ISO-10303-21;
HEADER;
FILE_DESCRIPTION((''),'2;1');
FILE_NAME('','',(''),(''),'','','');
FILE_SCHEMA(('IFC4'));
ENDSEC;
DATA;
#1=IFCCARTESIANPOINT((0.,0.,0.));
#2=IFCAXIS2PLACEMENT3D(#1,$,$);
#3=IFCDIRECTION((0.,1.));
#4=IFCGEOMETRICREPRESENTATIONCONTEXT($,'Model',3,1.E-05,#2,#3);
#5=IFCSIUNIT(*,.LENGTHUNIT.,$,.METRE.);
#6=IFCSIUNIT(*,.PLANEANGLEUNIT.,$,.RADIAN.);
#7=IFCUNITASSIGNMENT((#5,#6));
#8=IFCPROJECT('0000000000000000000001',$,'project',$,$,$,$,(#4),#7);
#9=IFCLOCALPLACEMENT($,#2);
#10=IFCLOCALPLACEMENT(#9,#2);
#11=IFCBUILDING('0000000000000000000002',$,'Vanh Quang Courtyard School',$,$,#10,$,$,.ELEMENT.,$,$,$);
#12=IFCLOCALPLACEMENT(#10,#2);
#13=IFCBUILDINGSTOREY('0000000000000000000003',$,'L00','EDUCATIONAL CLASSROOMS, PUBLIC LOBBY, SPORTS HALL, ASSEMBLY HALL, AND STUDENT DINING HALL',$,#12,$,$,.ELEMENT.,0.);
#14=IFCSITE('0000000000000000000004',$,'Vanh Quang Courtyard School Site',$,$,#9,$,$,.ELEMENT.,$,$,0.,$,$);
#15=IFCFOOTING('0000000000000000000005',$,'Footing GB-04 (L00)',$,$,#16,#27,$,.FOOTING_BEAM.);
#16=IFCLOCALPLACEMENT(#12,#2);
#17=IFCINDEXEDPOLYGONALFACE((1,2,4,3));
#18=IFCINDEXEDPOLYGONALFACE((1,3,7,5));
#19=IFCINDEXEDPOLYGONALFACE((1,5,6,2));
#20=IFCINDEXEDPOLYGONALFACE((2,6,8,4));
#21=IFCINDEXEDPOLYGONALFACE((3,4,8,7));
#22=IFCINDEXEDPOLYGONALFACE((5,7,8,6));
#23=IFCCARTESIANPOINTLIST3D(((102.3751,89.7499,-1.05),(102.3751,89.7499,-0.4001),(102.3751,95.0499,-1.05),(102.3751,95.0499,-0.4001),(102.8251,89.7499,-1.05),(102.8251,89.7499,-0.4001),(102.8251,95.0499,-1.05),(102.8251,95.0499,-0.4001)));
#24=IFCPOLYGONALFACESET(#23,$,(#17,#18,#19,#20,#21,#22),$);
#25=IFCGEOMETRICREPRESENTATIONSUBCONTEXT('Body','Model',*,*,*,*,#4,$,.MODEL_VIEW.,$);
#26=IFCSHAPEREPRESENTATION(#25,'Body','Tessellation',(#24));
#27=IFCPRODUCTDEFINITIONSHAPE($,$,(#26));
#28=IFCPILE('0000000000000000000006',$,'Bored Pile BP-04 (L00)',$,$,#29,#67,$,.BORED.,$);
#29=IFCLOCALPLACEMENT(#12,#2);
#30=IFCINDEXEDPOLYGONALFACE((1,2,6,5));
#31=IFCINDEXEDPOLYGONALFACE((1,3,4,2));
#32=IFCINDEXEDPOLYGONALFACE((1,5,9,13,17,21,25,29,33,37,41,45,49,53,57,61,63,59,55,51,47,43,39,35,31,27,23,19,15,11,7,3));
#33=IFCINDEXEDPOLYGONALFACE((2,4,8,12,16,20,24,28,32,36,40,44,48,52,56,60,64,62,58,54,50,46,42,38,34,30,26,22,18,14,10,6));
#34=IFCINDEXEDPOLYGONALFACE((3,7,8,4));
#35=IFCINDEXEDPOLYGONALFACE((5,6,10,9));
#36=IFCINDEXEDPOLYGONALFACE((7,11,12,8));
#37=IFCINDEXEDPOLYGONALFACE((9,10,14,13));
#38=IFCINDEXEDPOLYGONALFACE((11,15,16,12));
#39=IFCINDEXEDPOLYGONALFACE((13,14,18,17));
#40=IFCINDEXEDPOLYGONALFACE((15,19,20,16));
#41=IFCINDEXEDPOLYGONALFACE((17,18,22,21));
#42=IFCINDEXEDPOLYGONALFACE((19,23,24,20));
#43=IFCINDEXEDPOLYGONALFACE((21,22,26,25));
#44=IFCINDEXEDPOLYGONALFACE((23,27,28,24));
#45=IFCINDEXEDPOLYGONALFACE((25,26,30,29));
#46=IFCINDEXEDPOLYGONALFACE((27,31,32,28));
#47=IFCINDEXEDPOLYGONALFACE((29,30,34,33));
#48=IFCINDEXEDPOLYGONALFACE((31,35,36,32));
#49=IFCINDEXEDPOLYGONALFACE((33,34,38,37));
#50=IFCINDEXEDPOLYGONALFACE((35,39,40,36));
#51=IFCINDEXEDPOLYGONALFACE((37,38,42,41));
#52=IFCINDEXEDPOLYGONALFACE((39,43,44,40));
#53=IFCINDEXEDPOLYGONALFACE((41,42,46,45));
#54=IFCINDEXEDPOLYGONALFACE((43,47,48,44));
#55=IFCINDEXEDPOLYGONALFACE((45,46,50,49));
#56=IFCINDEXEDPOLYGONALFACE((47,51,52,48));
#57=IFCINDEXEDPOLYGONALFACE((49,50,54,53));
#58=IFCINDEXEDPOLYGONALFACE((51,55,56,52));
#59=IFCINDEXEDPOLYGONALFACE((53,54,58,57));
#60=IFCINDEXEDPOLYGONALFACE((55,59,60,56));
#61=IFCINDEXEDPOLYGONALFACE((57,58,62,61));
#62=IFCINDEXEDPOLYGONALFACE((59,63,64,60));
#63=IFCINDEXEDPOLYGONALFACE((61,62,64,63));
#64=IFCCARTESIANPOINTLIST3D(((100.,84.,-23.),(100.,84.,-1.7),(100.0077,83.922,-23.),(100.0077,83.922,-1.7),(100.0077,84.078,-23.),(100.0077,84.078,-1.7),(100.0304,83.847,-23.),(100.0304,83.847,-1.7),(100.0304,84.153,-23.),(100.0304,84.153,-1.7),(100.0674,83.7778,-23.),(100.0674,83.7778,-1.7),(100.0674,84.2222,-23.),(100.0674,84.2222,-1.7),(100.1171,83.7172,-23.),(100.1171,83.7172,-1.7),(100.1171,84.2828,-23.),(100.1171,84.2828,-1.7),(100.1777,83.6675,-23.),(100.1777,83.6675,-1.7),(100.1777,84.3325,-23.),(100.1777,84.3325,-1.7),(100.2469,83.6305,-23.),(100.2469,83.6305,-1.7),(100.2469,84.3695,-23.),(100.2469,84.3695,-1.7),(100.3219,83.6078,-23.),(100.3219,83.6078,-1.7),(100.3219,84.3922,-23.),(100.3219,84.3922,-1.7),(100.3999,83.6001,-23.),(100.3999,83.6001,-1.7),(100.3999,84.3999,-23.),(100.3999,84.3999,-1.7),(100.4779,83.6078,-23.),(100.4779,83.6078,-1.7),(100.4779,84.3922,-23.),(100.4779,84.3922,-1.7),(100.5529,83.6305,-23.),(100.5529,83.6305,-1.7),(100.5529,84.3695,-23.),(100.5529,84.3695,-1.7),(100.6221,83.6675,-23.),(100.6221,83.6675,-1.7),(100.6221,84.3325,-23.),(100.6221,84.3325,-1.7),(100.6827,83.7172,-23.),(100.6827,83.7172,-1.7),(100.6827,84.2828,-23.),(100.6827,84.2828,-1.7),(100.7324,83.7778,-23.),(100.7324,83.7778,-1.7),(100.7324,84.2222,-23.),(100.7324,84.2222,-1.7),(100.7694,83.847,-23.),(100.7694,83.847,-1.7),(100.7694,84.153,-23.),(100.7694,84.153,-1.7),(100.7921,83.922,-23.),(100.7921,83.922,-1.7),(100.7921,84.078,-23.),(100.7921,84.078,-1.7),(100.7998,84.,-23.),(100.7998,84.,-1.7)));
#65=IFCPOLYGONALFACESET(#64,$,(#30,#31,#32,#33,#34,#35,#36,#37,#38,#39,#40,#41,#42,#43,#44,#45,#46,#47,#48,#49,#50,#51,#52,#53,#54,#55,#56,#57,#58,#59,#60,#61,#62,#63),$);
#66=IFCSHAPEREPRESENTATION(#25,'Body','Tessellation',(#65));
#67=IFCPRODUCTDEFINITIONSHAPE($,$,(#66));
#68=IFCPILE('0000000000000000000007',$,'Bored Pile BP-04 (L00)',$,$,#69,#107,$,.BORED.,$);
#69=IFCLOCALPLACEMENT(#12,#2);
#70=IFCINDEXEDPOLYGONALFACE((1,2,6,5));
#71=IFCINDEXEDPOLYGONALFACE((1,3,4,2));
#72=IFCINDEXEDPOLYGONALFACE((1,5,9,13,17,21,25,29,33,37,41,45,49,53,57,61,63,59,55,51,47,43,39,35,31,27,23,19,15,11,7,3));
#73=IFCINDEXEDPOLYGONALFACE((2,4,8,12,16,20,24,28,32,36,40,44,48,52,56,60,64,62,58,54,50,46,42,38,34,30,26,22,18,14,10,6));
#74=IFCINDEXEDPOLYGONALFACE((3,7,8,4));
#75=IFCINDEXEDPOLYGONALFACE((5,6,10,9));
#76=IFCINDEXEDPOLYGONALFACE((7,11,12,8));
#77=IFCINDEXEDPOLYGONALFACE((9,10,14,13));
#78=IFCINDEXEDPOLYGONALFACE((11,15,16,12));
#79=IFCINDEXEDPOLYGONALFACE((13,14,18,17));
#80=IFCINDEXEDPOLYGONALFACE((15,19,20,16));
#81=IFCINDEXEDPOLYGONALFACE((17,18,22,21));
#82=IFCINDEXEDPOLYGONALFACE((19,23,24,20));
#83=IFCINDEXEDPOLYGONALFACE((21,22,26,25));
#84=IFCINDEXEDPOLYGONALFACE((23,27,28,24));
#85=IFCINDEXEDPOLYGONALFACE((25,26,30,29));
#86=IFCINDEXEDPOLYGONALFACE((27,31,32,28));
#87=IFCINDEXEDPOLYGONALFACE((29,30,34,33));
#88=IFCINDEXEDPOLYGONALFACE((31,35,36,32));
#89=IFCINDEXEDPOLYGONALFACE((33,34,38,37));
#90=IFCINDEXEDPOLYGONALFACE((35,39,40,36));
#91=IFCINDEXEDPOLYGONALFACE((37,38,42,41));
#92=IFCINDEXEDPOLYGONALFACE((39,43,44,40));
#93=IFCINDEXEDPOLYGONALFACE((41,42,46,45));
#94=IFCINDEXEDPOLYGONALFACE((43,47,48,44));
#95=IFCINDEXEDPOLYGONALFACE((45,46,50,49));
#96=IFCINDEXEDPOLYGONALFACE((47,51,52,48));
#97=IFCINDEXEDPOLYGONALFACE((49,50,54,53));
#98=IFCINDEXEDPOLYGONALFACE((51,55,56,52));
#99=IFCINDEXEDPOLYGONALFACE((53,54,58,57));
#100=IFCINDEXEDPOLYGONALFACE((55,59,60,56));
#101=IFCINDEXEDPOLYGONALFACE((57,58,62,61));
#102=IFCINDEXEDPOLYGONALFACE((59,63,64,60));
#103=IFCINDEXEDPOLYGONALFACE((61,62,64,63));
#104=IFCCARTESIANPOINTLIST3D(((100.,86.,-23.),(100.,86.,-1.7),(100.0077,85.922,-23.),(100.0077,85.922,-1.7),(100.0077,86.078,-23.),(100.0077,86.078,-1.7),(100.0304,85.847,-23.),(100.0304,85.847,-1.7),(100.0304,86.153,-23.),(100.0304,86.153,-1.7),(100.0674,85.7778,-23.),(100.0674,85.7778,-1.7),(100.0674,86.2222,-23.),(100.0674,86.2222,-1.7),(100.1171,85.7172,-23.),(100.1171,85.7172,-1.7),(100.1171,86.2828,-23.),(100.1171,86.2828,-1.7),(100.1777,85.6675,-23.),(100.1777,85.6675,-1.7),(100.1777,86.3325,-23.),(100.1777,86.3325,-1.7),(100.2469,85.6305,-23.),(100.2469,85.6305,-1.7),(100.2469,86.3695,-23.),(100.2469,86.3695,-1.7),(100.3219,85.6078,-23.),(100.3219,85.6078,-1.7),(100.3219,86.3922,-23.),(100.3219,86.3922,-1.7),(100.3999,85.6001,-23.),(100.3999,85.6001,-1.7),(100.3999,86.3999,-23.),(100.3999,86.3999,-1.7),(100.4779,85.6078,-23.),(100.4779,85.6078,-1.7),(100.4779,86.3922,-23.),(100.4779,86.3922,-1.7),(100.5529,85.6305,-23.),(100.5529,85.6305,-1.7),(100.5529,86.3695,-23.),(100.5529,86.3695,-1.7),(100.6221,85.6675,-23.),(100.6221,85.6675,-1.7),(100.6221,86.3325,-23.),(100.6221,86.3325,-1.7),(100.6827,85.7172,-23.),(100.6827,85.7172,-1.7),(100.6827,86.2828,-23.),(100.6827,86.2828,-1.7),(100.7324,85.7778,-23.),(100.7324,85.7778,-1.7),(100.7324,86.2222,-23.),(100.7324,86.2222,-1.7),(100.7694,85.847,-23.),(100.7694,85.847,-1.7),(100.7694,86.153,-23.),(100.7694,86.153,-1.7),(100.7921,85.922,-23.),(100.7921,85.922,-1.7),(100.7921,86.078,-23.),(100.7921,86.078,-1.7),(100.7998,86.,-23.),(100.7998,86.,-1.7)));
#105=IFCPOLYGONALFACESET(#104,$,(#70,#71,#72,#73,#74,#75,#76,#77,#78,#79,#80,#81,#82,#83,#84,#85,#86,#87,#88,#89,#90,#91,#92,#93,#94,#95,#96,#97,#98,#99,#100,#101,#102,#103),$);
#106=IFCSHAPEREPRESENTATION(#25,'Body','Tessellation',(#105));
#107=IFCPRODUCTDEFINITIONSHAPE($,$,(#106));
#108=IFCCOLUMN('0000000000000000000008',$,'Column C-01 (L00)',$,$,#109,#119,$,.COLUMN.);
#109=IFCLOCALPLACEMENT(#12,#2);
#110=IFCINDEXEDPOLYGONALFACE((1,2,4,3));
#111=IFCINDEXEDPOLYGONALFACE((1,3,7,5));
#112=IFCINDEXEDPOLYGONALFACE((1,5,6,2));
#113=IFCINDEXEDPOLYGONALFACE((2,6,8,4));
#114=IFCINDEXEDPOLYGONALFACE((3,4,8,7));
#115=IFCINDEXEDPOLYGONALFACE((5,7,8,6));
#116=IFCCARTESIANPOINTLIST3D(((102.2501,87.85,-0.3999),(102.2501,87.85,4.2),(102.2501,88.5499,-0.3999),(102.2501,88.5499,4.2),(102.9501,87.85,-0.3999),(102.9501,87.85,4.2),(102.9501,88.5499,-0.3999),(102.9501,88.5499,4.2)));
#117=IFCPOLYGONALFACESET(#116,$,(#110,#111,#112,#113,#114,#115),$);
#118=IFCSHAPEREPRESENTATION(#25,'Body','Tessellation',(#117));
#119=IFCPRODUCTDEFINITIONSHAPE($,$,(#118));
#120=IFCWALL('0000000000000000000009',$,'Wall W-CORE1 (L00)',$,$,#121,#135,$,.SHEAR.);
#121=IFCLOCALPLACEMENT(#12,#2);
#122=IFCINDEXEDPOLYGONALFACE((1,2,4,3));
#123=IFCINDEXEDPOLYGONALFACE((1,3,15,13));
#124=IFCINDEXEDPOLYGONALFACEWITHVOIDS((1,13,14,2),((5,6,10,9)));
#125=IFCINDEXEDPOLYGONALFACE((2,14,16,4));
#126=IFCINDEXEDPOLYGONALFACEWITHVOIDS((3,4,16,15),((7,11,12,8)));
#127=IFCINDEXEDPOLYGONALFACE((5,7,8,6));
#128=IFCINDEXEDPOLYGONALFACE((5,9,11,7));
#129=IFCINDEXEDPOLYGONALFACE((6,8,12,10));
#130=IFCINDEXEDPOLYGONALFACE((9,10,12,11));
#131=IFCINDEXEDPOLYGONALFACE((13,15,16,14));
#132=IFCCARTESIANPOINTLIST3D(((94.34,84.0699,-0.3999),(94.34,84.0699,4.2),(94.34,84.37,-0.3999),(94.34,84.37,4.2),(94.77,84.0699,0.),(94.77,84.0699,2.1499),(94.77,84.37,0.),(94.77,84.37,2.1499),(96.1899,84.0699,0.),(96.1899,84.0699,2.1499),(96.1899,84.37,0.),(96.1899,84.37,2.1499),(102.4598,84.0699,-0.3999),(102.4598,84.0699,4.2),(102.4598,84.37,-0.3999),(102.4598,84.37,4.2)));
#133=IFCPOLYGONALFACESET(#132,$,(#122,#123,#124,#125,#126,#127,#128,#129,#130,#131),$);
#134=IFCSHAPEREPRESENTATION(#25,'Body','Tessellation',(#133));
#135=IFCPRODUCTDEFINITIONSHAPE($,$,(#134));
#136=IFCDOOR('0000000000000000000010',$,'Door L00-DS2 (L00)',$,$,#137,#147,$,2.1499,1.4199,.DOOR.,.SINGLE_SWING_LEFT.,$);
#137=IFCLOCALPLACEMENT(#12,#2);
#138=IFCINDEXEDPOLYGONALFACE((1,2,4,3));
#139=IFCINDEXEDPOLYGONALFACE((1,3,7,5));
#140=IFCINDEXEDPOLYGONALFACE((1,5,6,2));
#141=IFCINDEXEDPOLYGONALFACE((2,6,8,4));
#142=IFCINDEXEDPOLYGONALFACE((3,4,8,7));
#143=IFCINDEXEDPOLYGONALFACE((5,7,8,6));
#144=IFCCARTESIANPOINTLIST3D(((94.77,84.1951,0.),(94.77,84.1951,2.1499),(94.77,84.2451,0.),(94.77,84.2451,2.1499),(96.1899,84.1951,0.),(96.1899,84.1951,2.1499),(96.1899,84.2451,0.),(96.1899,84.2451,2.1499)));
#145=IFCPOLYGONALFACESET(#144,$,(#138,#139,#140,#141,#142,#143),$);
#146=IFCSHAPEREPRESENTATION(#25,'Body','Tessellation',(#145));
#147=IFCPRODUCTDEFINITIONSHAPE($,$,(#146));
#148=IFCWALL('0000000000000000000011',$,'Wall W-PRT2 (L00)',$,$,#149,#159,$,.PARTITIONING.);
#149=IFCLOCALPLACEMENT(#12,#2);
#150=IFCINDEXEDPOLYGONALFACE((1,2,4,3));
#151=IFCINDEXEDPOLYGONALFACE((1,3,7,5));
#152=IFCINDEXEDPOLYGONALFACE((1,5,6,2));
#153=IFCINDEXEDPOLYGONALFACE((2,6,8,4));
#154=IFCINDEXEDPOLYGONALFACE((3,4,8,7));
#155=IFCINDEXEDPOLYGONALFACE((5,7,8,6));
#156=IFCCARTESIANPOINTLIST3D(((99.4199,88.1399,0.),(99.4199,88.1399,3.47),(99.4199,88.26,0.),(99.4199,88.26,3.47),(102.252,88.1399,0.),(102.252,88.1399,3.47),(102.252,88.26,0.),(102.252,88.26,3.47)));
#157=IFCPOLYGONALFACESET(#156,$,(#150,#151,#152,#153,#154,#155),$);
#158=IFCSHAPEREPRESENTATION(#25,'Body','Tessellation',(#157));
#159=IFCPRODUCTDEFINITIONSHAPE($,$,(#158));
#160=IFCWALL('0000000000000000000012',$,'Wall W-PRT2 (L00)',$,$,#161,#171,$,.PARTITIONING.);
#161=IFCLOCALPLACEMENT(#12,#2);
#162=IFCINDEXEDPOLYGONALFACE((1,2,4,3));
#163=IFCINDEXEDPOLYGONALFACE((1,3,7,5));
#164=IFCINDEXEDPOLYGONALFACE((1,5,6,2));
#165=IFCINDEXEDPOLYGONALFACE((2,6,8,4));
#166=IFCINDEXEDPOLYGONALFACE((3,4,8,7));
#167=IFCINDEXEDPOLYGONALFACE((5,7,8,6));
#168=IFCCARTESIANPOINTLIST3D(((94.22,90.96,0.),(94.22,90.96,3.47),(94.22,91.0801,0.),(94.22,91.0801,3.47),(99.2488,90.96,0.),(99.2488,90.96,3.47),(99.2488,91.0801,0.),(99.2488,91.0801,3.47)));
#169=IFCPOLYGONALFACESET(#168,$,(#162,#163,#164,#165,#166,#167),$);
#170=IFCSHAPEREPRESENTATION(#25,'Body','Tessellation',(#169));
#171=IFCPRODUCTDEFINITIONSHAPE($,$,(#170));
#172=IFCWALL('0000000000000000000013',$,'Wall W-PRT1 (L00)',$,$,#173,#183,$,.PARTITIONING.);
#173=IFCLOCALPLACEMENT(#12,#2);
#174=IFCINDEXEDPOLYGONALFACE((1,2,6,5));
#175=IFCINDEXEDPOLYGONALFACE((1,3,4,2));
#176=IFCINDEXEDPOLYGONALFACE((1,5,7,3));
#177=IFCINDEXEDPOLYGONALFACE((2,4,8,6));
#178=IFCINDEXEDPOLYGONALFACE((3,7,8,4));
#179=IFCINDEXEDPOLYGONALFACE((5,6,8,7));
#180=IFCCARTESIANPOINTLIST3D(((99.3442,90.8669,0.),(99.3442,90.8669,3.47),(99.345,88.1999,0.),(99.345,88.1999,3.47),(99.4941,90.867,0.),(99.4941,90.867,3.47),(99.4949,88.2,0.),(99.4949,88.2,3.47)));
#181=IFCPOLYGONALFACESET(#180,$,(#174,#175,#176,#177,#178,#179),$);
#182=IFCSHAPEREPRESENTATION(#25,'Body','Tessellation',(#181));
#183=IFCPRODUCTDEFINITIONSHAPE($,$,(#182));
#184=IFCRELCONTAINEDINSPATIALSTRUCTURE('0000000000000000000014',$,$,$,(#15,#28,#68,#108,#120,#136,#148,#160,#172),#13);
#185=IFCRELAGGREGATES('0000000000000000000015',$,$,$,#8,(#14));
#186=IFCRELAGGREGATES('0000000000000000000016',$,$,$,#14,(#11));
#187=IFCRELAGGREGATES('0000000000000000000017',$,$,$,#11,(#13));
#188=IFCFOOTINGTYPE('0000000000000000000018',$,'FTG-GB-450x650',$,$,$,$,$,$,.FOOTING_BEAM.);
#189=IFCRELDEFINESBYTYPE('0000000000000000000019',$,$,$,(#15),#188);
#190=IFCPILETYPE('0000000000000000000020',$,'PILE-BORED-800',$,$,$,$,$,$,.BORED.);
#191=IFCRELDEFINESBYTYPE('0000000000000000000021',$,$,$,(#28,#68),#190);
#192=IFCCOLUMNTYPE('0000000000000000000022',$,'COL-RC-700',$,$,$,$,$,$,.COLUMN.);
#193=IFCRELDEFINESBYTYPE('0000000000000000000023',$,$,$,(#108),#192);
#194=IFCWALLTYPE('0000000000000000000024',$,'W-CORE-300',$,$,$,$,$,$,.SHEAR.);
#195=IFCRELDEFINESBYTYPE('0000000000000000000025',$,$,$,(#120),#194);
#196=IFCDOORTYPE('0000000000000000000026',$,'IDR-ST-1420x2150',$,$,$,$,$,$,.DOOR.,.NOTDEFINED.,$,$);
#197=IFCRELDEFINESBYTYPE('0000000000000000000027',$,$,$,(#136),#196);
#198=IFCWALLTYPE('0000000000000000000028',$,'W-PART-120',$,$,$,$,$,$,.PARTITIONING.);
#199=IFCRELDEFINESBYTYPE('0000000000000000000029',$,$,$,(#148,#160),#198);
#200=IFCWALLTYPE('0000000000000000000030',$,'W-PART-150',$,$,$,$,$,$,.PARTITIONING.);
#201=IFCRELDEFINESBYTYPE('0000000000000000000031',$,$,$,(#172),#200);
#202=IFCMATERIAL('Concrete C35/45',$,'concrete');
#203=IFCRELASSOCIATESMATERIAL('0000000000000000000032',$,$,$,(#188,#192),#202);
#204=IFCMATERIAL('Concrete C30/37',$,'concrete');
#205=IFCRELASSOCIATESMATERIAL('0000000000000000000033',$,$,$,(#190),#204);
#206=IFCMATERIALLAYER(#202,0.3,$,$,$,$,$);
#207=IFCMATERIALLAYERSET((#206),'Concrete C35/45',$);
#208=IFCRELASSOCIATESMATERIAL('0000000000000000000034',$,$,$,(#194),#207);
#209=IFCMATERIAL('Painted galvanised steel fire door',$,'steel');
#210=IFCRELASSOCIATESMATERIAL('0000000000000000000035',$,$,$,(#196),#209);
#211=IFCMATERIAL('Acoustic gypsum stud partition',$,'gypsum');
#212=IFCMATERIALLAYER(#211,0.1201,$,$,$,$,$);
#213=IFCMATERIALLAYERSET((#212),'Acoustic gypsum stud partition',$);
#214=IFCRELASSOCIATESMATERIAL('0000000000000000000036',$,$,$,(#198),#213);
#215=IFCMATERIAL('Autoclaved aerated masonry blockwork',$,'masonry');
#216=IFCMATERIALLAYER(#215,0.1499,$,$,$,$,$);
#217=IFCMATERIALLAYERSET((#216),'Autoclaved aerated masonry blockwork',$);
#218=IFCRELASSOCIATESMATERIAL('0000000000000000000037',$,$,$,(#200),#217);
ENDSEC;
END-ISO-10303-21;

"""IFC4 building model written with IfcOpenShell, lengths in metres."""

from ifc_helpers import new_model, si_unit, direction, frame, frame_2d, origin, origin_2d, place, context, subcontext, project, spatial, rectangle, circle, extrude, material, layer, layer_set, material_profile, profile_set, type_object, element, fill, save


model = new_model("IFC4")

# Units and contexts
model_context = context("Model", 3, precision=1e-05, world=origin(), true_north=direction((0.0, 1.0)))
body_context = subcontext(model_context, "Body", "Model", "MODEL_VIEW")
ifc_project = project(units=[si_unit("LENGTHUNIT", "METRE"), si_unit("PLANEANGLEUNIT", "RADIAN")], contexts=[model_context])

# Site, building, storey
site_placement = place(None, origin())
site = spatial("IfcSite", under=ifc_project, at=site_placement, Name="Vanh Quang Courtyard School Site", CompositionType="ELEMENT", RefElevation=0.0)
building_placement = place(site_placement, origin())
building = spatial("IfcBuilding", under=site, at=building_placement, Name="Vanh Quang Courtyard School", CompositionType="ELEMENT")
storey_placement = place(building_placement, origin())
storey = spatial("IfcBuildingStorey", under=building, at=storey_placement, Name="L00", Description="EDUCATIONAL CLASSROOMS, PUBLIC LOBBY, SPORTS HALL, ASSEMBLY HALL, AND STUDENT DINING HALL", CompositionType="ELEMENT", Elevation=0.0)

# Footing
ifc_material_1 = material(Name="Concrete C35/45", Category="concrete")
footing_type = type_object("IfcFootingType", Name="FTG-GB-450x650", PredefinedType="FOOTING_BEAM", material=ifc_material_1)
footing_placement = place(storey_placement, frame((102.6001, 92.3999, -1.05), z_axis=(0.0, 0.0, 1.0), x_axis=(0.0, 1.0, 0.0)))
element("IfcFooting", 1, at=footing_placement, inside=storey, type_object=footing_type, Name="Footing GB-04 (L00)", PredefinedType="FOOTING_BEAM", context=body_context, shape_type="SweptSolid", body=[
    extrude(rectangle(XDim=5.3, YDim=0.45, at=origin_2d()), origin(), (0.0, 0.0, 1.0), 0.6499),
])

# Piles
ifc_material_2 = material(Name="Concrete C30/37", Category="concrete")
ifc_material_profile_1 = material_profile(ifc_material_2, circle(Radius=0.3999, at=origin_2d()), Name="PILE D800")
ifc_profile_set_1 = profile_set([ifc_material_profile_1], Name="Concrete C30/37")
pile_type = type_object("IfcPileType", Name="PILE-BORED-800", PredefinedType="BORED", material=ifc_profile_set_1)
for number, where, z_axis, x_axis, name in (
    (2, (100.3999, 84.0, -1.7), (0.0, 0.0, -1.0), (1.0, 0.0, 0.0), "Bored Pile BP-04 (L00)"),
    (3, (100.3999, 86.0, -1.7), (0.0, 0.0, -1.0), (1.0, 0.0, 0.0), "Bored Pile BP-04 (L00)"),
):
    element("IfcPile", number, at=place(storey_placement, frame(where, z_axis=z_axis, x_axis=x_axis)), inside=storey, type_object=pile_type, Name=name, PredefinedType="BORED", context=body_context, shape_type="SweptSolid", body=[
        extrude(circle(Radius=0.3999, at=origin_2d()), origin(), (0.0, 0.0, 1.0), 21.3),
    ])

# Column
ifc_material_profile_2 = material_profile(ifc_material_1, rectangle(XDim=0.7, YDim=0.7, at=origin_2d()), Name="RC-COL 700x700")
ifc_profile_set_2 = profile_set([ifc_material_profile_2], Name="Concrete C35/45")
column_type = type_object("IfcColumnType", Name="COL-RC-700", PredefinedType="COLUMN", material=ifc_profile_set_2)
column_placement = place(storey_placement, frame((102.6001, 88.2, -0.3999), z_axis=(0.0, 0.0, 1.0), x_axis=(1.0, 0.0, 0.0)))
element("IfcColumn", 4, at=column_placement, inside=storey, type_object=column_type, Name="Column C-01 (L00)", PredefinedType="COLUMN", context=body_context, shape_type="SweptSolid", body=[
    extrude(rectangle(XDim=0.7, YDim=0.7, at=origin_2d()), origin(), (0.0, 0.0, 1.0), 4.5999),
])

# Wall, opening, door
ifc_layer_1 = layer(ifc_material_1, 0.3)
ifc_layer_set_1 = layer_set([ifc_layer_1], Name="Concrete C35/45")
wall_type_1 = type_object("IfcWallType", Name="W-CORE-300", PredefinedType="SHEAR", material=ifc_layer_set_1)
wall_1_placement = place(storey_placement, frame((102.46, 84.22, -0.3999), z_axis=(0.0, 0.0, 1.0), x_axis=(-1.0, 0.0, 0.0)))
wall_1 = element("IfcWall", 5, at=wall_1_placement, inside=storey, type_object=wall_type_1, Name="Wall W-CORE1 (L00)", PredefinedType="SHEAR", context=body_context, shape_type="SweptSolid", body=[
    extrude(rectangle(XDim=8.1199, YDim=0.3, at=frame_2d((4.0601, 0.0))), origin(), (0.0, 0.0, 1.0), 4.5999),
])
opening_1_placement = place(wall_1_placement, frame((6.27, 0.0, 0.3999)))
opening_1 = element("IfcOpeningElement", 6, at=opening_1_placement, cuts=wall_1, PredefinedType="OPENING", context=body_context, shape_type="SweptSolid", body=[
    extrude(rectangle(XDim=1.4199, YDim=2.1499, at=frame_2d((0.71, 1.075))), frame((0.0, 0.1602, 0.0), z_axis=(0.0, -1.0, 0.0), x_axis=(1.0, 0.0, 0.0)), (0.0, 0.0, 1.0), 0.3201),
])
ifc_material_3 = material(Name="Painted galvanised steel fire door", Category="steel")
door_type_1 = type_object("IfcDoorType", Name="IDR-ST-1420x2150", OperationType="NOTDEFINED", PredefinedType="DOOR", material=ifc_material_3)
door_1_placement = place(opening_1_placement, origin())
door_1 = element("IfcDoor", 7, at=door_1_placement, inside=storey, type_object=door_type_1, Name="Door L00-DS2 (L00)", OperationType="SINGLE_SWING_LEFT", OverallHeight=2.1499, OverallWidth=1.4199, PredefinedType="DOOR", context=body_context, shape_type="SweptSolid", body=[
    extrude(rectangle(XDim=1.4199, YDim=2.1499, at=frame_2d((0.71, 1.075))), frame((0.0, 0.0249, 0.0), z_axis=(0.0, -1.0, 0.0), x_axis=(1.0, 0.0, 0.0)), (0.0, 0.0, 1.0), 0.05),
])
fill(opening_1, door_1)

# Walls
ifc_material_4 = material(Name="Acoustic gypsum stud partition", Category="gypsum")
ifc_layer_2 = layer(ifc_material_4, 0.1201)
ifc_layer_set_2 = layer_set([ifc_layer_2], Name="Acoustic gypsum stud partition")
wall_type_2 = type_object("IfcWallType", Name="W-PART-120", PredefinedType="PARTITIONING", material=ifc_layer_set_2)
wall_2_placement = place(storey_placement, frame((102.252, 88.2, 0.0), z_axis=(0.0, 0.0, 1.0), x_axis=(-1.0, 0.0, 0.0)))
element("IfcWall", 8, at=wall_2_placement, inside=storey, type_object=wall_type_2, Name="Wall W-PRT2 (L00)", PredefinedType="PARTITIONING", context=body_context, shape_type="SweptSolid", body=[
    extrude(rectangle(XDim=2.832, YDim=0.1201, at=frame_2d((1.416, 0.0))), origin(), (0.0, 0.0, 1.0), 3.47),
])
wall_3_placement = place(storey_placement, frame((99.2488, 91.02, 0.0), z_axis=(0.0, 0.0, 1.0), x_axis=(-1.0, 0.0, 0.0)))
element("IfcWall", 9, at=wall_3_placement, inside=storey, type_object=wall_type_2, Name="Wall W-PRT2 (L00)", PredefinedType="PARTITIONING", context=body_context, shape_type="SweptSolid", body=[
    extrude(rectangle(XDim=5.0288, YDim=0.1201, at=frame_2d((2.5144, 0.0))), origin(), (0.0, 0.0, 1.0), 3.47),
])

# Shared definitions
ifc_material_5 = material(Name="Autoclaved aerated masonry blockwork", Category="masonry")
ifc_layer_3 = layer(ifc_material_5, 0.1499)
ifc_layer_set_3 = layer_set([ifc_layer_3], Name="Autoclaved aerated masonry blockwork")
wall_type_3 = type_object("IfcWallType", Name="W-PART-150", PredefinedType="PARTITIONING", material=ifc_layer_set_3)

# Wall
wall_4_placement = place(storey_placement, frame((99.4199, 88.2, 0.0), z_axis=(0.0, 0.0, 1.0), x_axis=(-0.000275, 1.0, 0.0)))
element("IfcWall", 10, at=wall_4_placement, inside=storey, type_object=wall_type_3, Name="Wall W-PRT1 (L00)", PredefinedType="PARTITIONING", context=body_context, shape_type="SweptSolid", body=[
    extrude(rectangle(XDim=2.667, YDim=0.1499, at=frame_2d((1.3335, 0.0))), origin(), (0.0, 0.0, 1.0), 3.47),
])

save(model, "model.ifc")
